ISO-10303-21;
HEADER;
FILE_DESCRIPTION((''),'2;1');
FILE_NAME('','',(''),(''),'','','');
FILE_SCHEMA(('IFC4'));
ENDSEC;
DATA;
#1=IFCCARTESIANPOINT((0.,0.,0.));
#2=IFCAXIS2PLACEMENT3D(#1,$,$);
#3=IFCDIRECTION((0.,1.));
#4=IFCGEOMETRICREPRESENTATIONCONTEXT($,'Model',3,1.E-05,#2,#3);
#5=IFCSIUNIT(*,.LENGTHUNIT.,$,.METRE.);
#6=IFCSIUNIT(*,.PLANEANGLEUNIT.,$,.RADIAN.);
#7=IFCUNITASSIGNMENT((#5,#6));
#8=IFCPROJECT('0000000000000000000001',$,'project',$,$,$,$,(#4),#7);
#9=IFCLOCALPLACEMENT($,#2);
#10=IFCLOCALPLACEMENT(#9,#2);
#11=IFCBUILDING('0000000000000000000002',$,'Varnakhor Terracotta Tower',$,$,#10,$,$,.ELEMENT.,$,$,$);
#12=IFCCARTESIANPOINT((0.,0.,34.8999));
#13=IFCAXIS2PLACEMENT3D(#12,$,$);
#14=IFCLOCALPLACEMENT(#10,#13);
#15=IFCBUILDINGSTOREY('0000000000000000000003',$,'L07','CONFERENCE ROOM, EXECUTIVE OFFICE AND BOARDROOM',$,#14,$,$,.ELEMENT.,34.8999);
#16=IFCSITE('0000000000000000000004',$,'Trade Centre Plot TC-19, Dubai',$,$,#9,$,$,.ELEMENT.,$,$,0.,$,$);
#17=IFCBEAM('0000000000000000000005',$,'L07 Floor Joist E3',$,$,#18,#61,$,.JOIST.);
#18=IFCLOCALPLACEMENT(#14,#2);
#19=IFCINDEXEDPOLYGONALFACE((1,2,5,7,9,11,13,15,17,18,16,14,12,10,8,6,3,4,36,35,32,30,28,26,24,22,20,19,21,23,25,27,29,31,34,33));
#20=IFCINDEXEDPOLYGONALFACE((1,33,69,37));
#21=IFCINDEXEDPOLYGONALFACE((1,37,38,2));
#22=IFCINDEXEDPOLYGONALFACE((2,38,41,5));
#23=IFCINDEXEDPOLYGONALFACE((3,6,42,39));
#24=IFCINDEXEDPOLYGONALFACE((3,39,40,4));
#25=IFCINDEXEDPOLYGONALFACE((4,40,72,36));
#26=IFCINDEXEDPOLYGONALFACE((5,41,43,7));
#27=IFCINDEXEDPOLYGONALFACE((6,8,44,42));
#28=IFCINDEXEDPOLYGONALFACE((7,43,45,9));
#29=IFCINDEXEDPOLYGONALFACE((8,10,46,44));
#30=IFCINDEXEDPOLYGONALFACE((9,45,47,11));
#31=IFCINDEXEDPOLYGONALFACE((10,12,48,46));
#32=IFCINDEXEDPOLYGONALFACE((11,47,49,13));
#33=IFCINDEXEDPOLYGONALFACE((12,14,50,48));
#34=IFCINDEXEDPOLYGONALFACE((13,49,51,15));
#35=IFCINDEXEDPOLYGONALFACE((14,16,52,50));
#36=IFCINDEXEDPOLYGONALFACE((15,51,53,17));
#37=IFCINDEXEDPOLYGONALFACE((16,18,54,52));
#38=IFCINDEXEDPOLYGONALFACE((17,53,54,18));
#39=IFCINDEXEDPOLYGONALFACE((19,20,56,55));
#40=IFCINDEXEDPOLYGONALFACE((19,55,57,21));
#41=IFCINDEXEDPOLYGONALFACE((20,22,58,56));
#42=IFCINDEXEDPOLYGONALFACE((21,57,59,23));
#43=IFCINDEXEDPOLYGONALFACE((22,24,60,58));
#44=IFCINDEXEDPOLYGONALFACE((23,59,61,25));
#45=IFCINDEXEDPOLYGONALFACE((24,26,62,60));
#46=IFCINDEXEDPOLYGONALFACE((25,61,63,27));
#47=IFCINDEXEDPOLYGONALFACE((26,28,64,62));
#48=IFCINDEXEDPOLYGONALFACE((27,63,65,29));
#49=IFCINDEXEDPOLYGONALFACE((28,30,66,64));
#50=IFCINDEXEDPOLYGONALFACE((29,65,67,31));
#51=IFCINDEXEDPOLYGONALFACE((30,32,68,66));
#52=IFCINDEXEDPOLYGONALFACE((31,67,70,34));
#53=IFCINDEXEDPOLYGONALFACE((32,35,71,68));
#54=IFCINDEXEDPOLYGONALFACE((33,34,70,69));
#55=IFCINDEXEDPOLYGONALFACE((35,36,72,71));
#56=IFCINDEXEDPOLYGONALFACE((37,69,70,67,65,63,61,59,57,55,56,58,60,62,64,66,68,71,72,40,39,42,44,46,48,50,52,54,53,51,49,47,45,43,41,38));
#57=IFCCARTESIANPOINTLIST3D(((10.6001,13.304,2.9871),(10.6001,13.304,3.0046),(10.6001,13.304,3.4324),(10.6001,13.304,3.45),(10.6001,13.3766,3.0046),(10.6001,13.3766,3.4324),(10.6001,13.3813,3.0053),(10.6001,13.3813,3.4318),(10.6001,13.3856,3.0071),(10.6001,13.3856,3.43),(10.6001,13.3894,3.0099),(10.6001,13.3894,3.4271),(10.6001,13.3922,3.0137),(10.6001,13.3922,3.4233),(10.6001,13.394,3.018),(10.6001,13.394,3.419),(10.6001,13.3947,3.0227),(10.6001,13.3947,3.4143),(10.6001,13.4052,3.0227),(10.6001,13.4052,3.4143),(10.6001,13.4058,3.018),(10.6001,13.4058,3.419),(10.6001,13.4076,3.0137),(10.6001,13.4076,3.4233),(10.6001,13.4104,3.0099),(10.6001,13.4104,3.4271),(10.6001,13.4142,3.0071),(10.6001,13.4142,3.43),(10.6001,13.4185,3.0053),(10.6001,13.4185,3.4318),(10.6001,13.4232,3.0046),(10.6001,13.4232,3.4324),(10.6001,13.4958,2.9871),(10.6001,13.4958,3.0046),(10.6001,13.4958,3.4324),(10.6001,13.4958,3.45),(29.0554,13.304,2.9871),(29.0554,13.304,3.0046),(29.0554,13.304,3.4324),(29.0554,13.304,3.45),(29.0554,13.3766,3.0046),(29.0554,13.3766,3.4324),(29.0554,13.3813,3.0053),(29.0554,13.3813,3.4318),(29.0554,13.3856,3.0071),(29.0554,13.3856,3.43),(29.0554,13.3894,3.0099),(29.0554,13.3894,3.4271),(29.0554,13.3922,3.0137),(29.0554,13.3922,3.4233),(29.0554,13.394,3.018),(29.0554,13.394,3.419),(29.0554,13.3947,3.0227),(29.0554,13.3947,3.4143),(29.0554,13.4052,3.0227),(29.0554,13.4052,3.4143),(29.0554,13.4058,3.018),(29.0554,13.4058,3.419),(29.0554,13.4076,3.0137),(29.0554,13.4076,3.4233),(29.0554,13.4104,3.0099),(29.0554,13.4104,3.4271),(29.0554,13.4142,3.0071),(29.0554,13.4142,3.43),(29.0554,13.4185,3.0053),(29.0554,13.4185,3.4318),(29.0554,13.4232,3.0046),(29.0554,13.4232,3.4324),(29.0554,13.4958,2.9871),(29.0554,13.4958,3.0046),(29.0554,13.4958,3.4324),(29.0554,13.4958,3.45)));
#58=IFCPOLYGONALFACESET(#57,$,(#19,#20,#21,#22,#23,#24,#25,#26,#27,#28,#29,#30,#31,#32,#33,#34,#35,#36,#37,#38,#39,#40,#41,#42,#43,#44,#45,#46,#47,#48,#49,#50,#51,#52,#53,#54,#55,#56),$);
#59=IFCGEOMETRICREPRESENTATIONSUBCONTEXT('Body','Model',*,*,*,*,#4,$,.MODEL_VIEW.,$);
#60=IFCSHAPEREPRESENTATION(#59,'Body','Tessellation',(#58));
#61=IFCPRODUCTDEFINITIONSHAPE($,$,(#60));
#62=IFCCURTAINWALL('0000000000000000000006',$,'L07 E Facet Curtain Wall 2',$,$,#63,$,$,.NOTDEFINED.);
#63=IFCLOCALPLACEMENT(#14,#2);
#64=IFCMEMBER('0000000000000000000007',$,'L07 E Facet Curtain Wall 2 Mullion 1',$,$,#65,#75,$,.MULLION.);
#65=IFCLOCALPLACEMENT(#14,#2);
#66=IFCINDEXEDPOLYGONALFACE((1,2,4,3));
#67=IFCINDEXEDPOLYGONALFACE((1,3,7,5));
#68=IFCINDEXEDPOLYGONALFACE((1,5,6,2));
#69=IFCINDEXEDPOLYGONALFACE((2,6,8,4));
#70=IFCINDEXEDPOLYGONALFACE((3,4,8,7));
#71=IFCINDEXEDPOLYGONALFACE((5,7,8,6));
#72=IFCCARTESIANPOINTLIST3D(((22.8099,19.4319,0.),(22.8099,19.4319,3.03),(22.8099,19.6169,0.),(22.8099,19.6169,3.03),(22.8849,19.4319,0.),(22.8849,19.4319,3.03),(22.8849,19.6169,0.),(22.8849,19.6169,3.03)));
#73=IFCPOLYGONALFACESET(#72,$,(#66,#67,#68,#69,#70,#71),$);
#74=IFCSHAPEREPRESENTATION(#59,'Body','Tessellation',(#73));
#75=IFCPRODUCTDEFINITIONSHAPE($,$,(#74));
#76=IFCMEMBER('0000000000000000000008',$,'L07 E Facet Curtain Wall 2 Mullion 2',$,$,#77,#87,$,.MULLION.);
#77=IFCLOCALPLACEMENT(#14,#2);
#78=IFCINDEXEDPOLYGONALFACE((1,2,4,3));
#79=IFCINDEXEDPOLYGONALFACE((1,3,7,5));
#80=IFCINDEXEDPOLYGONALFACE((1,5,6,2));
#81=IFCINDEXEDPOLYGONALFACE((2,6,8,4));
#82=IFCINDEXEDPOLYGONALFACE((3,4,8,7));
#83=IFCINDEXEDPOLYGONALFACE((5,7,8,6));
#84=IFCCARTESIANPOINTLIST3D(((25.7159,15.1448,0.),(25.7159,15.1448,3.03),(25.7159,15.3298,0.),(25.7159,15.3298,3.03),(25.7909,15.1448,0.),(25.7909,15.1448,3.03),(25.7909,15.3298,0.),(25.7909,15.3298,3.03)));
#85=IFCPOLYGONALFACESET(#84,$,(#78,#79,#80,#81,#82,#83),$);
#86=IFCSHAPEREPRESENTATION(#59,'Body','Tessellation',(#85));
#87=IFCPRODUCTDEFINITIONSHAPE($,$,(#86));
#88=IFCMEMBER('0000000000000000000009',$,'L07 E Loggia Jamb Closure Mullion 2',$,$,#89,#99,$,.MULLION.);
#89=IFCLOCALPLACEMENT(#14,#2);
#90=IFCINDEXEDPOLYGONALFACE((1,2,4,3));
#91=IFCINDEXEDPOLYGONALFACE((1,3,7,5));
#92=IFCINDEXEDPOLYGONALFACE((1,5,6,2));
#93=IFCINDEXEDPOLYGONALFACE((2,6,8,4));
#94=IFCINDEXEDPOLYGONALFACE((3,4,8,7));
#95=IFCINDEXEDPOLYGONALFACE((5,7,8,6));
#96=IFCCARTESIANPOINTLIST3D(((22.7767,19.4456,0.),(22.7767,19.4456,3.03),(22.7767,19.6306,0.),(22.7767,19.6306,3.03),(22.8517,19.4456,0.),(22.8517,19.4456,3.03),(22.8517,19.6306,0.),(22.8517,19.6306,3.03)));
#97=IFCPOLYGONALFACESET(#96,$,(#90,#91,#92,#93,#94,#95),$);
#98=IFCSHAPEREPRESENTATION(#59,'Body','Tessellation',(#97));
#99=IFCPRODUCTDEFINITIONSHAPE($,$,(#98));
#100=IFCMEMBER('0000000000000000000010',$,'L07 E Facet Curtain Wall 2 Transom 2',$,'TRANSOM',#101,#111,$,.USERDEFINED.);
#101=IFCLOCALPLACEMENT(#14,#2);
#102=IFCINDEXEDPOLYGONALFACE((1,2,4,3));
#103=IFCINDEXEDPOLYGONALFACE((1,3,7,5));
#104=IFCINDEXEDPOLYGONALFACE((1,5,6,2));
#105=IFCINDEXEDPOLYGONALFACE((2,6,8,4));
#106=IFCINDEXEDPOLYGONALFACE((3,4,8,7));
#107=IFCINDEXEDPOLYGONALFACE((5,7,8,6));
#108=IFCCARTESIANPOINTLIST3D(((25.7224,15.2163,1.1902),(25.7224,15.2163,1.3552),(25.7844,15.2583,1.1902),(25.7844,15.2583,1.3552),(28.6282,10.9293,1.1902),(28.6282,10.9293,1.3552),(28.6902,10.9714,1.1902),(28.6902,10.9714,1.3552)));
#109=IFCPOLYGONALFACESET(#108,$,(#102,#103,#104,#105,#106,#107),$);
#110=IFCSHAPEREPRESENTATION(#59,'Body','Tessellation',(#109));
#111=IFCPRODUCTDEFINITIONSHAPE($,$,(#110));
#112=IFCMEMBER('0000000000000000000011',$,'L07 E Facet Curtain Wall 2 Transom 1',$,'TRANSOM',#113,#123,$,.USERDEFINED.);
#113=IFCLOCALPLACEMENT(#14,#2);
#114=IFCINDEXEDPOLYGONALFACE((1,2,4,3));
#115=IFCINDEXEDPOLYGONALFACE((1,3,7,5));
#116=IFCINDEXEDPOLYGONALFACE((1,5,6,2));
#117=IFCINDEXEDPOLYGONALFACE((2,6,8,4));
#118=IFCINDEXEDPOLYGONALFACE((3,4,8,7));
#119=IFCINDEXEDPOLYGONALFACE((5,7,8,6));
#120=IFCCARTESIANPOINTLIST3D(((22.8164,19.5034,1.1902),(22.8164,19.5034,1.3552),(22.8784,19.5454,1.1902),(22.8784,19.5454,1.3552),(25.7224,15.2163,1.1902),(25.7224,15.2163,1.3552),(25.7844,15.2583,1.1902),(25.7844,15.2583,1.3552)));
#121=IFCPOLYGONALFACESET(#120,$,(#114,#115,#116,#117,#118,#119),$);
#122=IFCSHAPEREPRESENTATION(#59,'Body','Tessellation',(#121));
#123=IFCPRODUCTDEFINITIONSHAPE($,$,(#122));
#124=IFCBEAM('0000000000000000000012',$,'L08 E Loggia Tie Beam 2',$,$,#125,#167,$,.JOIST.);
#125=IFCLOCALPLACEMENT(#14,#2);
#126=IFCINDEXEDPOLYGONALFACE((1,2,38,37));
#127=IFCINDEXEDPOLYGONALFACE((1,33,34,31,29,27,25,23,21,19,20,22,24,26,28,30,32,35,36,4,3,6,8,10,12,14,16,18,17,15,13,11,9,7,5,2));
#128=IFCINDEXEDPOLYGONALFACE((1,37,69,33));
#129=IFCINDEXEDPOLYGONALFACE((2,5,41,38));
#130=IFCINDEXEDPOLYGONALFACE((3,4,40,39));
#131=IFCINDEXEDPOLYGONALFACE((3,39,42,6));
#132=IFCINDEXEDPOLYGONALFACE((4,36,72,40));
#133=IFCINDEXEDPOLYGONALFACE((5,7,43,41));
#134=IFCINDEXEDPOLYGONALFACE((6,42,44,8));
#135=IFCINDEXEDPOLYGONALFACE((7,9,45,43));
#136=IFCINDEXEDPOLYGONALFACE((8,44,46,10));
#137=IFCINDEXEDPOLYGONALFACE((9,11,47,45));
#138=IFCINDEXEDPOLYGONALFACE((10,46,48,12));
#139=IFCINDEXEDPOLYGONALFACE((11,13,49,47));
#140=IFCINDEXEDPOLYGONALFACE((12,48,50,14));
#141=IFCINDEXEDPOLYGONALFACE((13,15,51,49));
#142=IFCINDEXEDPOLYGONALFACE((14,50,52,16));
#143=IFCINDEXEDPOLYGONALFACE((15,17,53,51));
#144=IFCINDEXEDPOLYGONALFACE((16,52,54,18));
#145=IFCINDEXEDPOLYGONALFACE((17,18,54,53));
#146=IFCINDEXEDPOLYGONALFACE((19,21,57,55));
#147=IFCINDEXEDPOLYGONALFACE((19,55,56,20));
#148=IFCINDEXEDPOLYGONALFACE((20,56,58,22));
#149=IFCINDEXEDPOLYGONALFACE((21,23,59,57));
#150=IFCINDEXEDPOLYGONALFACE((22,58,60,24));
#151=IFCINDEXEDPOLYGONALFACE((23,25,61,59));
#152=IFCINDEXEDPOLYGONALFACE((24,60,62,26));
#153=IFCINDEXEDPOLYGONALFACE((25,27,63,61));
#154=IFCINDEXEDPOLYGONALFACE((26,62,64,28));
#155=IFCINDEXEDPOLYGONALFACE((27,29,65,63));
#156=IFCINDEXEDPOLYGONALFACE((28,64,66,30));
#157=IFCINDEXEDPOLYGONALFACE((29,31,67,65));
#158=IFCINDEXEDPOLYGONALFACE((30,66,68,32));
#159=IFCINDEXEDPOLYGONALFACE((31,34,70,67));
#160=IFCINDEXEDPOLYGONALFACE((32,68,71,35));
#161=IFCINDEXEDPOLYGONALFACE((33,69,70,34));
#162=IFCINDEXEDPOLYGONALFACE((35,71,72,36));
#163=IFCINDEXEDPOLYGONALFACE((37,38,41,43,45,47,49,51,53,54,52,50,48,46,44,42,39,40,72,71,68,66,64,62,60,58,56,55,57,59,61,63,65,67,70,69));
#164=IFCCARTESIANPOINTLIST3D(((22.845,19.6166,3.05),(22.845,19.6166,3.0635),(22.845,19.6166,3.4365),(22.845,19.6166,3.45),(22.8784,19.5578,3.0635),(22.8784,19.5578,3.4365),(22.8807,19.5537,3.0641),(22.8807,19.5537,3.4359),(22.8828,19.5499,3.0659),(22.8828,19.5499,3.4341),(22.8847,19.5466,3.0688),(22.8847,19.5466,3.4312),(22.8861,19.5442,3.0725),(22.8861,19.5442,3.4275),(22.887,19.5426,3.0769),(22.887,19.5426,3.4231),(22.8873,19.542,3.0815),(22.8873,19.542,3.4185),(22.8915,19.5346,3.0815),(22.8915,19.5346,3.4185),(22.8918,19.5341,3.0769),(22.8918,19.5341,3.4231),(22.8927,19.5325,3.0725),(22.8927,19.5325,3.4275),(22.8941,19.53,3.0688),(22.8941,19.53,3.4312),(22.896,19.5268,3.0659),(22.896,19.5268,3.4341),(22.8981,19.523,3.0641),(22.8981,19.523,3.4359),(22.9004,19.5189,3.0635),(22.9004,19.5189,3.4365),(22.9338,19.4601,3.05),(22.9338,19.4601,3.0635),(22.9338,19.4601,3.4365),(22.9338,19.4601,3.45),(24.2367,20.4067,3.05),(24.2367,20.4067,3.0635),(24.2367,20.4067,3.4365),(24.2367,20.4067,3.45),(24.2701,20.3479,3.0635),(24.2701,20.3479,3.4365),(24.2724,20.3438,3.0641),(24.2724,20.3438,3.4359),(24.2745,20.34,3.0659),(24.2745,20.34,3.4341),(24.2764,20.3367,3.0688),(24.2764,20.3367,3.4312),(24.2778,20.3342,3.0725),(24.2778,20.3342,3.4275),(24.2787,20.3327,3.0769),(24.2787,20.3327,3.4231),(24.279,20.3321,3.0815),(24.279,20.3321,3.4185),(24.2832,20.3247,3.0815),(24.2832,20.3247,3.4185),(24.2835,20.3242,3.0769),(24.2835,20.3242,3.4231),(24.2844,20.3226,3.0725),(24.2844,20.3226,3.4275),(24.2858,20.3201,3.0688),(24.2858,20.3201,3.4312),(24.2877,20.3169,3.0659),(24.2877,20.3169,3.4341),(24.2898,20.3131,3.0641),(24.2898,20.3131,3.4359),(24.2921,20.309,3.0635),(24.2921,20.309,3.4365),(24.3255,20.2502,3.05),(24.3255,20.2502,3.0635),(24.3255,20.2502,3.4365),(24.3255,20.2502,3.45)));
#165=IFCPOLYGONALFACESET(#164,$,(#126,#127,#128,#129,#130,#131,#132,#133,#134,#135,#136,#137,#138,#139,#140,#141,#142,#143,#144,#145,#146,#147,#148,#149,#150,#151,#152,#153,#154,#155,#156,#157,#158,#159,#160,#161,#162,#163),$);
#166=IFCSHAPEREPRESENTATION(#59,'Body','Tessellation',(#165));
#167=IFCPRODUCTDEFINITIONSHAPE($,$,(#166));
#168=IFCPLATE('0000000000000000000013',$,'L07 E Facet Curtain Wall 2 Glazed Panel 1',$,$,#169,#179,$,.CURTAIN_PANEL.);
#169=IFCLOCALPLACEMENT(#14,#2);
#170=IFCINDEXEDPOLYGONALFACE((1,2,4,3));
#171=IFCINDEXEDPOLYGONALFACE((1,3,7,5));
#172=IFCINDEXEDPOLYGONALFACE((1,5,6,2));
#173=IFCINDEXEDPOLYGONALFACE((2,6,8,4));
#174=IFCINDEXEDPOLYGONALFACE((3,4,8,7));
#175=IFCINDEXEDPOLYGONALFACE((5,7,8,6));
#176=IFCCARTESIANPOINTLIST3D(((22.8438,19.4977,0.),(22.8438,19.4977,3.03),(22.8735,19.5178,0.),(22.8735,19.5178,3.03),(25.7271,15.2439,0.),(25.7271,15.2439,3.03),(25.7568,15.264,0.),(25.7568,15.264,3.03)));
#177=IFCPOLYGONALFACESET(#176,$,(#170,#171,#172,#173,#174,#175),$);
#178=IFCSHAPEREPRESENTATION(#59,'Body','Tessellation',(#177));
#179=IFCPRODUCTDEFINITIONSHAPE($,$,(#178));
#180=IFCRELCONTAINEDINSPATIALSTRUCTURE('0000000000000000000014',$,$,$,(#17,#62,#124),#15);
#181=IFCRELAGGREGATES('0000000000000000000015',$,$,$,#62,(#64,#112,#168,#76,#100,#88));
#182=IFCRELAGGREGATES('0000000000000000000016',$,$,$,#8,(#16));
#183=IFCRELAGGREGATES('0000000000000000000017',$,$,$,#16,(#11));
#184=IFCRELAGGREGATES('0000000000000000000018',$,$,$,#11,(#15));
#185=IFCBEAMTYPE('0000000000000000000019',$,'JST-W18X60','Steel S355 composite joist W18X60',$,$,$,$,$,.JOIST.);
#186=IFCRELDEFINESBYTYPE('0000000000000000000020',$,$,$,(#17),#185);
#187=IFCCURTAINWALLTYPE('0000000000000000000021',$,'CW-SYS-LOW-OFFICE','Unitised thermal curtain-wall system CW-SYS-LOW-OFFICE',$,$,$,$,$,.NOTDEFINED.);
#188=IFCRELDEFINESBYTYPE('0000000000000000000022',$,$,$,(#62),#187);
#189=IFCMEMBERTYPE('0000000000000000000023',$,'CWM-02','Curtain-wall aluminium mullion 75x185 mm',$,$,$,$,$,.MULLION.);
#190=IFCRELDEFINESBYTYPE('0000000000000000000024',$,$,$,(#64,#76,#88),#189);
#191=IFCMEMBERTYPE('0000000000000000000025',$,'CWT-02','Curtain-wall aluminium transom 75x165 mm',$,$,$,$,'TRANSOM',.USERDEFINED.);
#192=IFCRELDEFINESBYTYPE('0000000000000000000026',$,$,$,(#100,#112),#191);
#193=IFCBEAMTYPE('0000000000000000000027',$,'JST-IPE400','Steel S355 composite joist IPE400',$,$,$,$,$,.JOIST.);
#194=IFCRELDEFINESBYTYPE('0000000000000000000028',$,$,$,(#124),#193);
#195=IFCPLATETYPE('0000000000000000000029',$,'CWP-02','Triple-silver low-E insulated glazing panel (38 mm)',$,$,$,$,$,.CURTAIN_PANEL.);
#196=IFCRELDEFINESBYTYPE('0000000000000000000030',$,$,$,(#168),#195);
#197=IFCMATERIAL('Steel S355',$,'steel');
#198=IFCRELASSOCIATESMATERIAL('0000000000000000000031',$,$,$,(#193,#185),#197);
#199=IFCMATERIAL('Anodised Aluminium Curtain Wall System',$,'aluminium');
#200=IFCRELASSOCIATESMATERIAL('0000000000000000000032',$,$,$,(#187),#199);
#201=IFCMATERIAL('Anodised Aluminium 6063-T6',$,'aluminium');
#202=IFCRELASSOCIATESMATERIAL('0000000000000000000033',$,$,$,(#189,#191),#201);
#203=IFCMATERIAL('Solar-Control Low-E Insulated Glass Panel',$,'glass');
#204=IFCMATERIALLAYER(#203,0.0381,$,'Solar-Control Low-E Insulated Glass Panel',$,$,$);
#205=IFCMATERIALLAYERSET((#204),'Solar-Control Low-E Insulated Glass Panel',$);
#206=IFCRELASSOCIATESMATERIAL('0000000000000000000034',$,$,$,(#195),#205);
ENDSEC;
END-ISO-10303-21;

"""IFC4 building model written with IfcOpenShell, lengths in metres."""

from ifc_helpers import new_model, si_unit, direction, frame, origin, origin_2d, place, context, subcontext, project, spatial, rectangle, i_section, extrude, source, transform, mapped, material, layer, layer_set, material_profile, profile_set, type_object, type_shapes, element, aggregate, save


model = new_model("IFC4")

# Units and contexts
model_context = context("Model", 3, precision=1e-05, world=origin(), true_north=direction((0.0, 1.0)))
body_context = subcontext(model_context, "Body", "Model", "MODEL_VIEW")
ifc_project = project(units=[si_unit("LENGTHUNIT", "METRE"), si_unit("PLANEANGLEUNIT", "RADIAN")], contexts=[model_context])

# Site, building, storey
site_placement = place(None, origin())
site = spatial("IfcSite", under=ifc_project, at=site_placement, Name="Trade Centre Plot TC-19, Dubai", CompositionType="ELEMENT", RefElevation=0.0)
building_placement = place(site_placement, origin())
building = spatial("IfcBuilding", under=site, at=building_placement, Name="Varnakhor Terracotta Tower", CompositionType="ELEMENT")
storey_placement = place(building_placement, frame((0.0, 0.0, 34.8999)))
storey = spatial("IfcBuildingStorey", under=building, at=storey_placement, Name="L07", Description="CONFERENCE ROOM, EXECUTIVE OFFICE AND BOARDROOM", CompositionType="ELEMENT", Elevation=34.8999)

# Beam
ifc_material_1 = material(Name="Steel S355", Category="steel")
ifc_material_profile_1 = material_profile(ifc_material_1, i_section(OverallWidth=0.1799, OverallDepth=0.3999, WebThickness=0.0085, FlangeThickness=0.0134, FilletRadius=0.0181, at=origin_2d()), Name="IPE400")
ifc_profile_set_1 = profile_set([ifc_material_profile_1], Name="Steel S355")
beam_type_1 = type_object("IfcBeamType", Name="JST-IPE400", Description="Steel S355 composite joist IPE400", PredefinedType="JOIST", material=ifc_profile_set_1)
ifc_material_profile_2 = material_profile(ifc_material_1, i_section(OverallWidth=0.1919, OverallDepth=0.4629, WebThickness=0.0105, FlangeThickness=0.0176, FilletRadius=0.0181, at=origin_2d()), Name="W18X60")
ifc_profile_set_2 = profile_set([ifc_material_profile_2], Name="Steel S355")
beam_type_2 = type_object("IfcBeamType", Name="JST-W18X60", Description="Steel S355 composite joist W18X60", PredefinedType="JOIST", material=ifc_profile_set_2)
shared_shape_1 = source(origin(), body_context, "Body", "SweptSolid", [
    extrude(i_section(OverallWidth=0.1919, OverallDepth=0.4629, WebThickness=0.0105, FlangeThickness=0.0176, FilletRadius=0.0181, at=origin_2d()), origin(), (0.0, 0.0, 1.0), 18.4553),
])
beam_1_placement = place(storey_placement, frame((10.6001, 13.3999, 3.2185), z_axis=(1.0, 0.0, 0.0), x_axis=(0.0, 1.0, 0.0)))
element("IfcBeam", 1, at=beam_1_placement, inside=storey, type_object=beam_type_2, Name="L07 Floor Joist E3", PredefinedType="JOIST", context=body_context, shape_type="MappedRepresentation", body=[
    mapped(shared_shape_1, transform((0.0, 0.0, 0.0), scale=1.0)),
])

# Curtain wall, members
ifc_material_2 = material(Name="Anodised Aluminium Curtain Wall System", Category="aluminium")
curtain_wall_type = type_object("IfcCurtainWallType", Name="CW-SYS-LOW-OFFICE", Description="Unitised thermal curtain-wall system CW-SYS-LOW-OFFICE", PredefinedType="NOTDEFINED", material=ifc_material_2)
curtain_wall_placement = place(storey_placement, origin())
curtain_wall = element("IfcCurtainWall", 2, at=curtain_wall_placement, inside=storey, type_object=curtain_wall_type, Name="L07 E Facet Curtain Wall 2", PredefinedType="NOTDEFINED")
ifc_material_3 = material(Name="Anodised Aluminium 6063-T6", Category="aluminium")
ifc_material_profile_3 = material_profile(ifc_material_3, rectangle(XDim=0.075, YDim=0.1851, at=origin_2d()), Name="ALU MULLION 75x185")
ifc_profile_set_3 = profile_set([ifc_material_profile_3], Name="Anodised Aluminium 6063-T6")
member_type_1 = type_object("IfcMemberType", Name="CWM-02", Description="Curtain-wall aluminium mullion 75x185 mm", PredefinedType="MULLION", material=ifc_profile_set_3)
shared_shape_2 = source(origin(), body_context, "Body", "SweptSolid", [
    extrude(rectangle(XDim=0.075, YDim=0.1851, at=origin_2d()), origin(), (0.0, 0.0, 1.0), 3.03),
])
type_shapes(member_type_1, [shared_shape_2])
member_1_placement = place(storey_placement, frame((22.8474, 19.5244, 0.0), z_axis=(0.0, 0.0, 1.0), x_axis=(1.0, 0.0, 0.0)))
member_1 = element("IfcMember", 3, at=member_1_placement, type_object=member_type_1, Name="L07 E Facet Curtain Wall 2 Mullion 1", PredefinedType="MULLION", context=body_context, shape_type="MappedRepresentation", body=[
    mapped(shared_shape_2, transform((0.0, 0.0, 0.0), scale=1.0)),
])
member_2_placement = place(storey_placement, frame((25.7534, 15.2373, 0.0), z_axis=(0.0, 0.0, 1.0), x_axis=(1.0, 0.0, 0.0)))
member_2 = element("IfcMember", 4, at=member_2_placement, type_object=member_type_1, Name="L07 E Facet Curtain Wall 2 Mullion 2", PredefinedType="MULLION", context=body_context, shape_type="MappedRepresentation", body=[
    mapped(shared_shape_2, transform((0.0, 0.0, 0.0), scale=1.0)),
])
member_3_placement = place(storey_placement, frame((22.8142, 19.5381, 0.0), z_axis=(0.0, 0.0, 1.0), x_axis=(1.0, 0.0, 0.0)))
member_3 = element("IfcMember", 5, at=member_3_placement, type_object=member_type_1, Name="L07 E Loggia Jamb Closure Mullion 2", PredefinedType="MULLION", context=body_context, shape_type="MappedRepresentation", body=[
    mapped(shared_shape_2, transform((0.0, 0.0, 0.0), scale=1.0)),
])
ifc_material_profile_4 = material_profile(ifc_material_3, rectangle(XDim=0.075, YDim=0.165, at=origin_2d()), Name="ALU TRANSOM 75x165")
ifc_profile_set_4 = profile_set([ifc_material_profile_4], Name="Anodised Aluminium 6063-T6")
member_type_2 = type_object("IfcMemberType", Name="CWT-02", Description="Curtain-wall aluminium transom 75x165 mm", ElementType="TRANSOM", PredefinedType="USERDEFINED", material=ifc_profile_set_4)
shared_shape_3 = source(origin(), body_context, "Body", "SweptSolid", [
    extrude(rectangle(XDim=0.075, YDim=0.165, at=origin_2d()), origin(), (0.0, 0.0, 1.0), 5.179),
])
member_4_placement = place(storey_placement, frame((25.7534, 15.2373, 1.2727), z_axis=(0.561081, -0.827761, 0.0), x_axis=(0.827761, 0.561081, 0.0)))
member_4 = element("IfcMember", 6, at=member_4_placement, type_object=member_type_2, Name="L07 E Facet Curtain Wall 2 Transom 2", ObjectType="TRANSOM", PredefinedType="USERDEFINED", context=body_context, shape_type="MappedRepresentation", body=[
    mapped(shared_shape_3, transform((0.0, 0.0, 0.0), scale=1.0)),
])
shared_shape_4 = source(origin(), body_context, "Body", "SweptSolid", [
    extrude(rectangle(XDim=0.075, YDim=0.165, at=origin_2d()), origin(), (0.0, 0.0, 1.0), 5.1792),
])
member_5_placement = place(storey_placement, frame((22.8474, 19.5244, 1.2727), z_axis=(0.561091, -0.827754, 0.0), x_axis=(0.827754, 0.561091, 0.0)))
member_5 = element("IfcMember", 7, at=member_5_placement, type_object=member_type_2, Name="L07 E Facet Curtain Wall 2 Transom 1", ObjectType="TRANSOM", PredefinedType="USERDEFINED", context=body_context, shape_type="MappedRepresentation", body=[
    mapped(shared_shape_4, transform((0.0, 0.0, 0.0), scale=1.0)),
])

# Beam
shared_shape_5 = source(origin(), body_context, "Body", "SweptSolid", [
    extrude(i_section(OverallWidth=0.1799, OverallDepth=0.3999, WebThickness=0.0085, FlangeThickness=0.0134, FilletRadius=0.0181, at=origin_2d()), origin(), (0.0, 0.0, 1.0), 1.6003),
])
beam_2_placement = place(storey_placement, frame((22.8894, 19.5383, 3.25), z_axis=(0.869629, 0.493705, 0.0), x_axis=(-0.493705, 0.869629, 0.0)))
element("IfcBeam", 8, at=beam_2_placement, inside=storey, type_object=beam_type_1, Name="L08 E Loggia Tie Beam 2", PredefinedType="JOIST", context=body_context, shape_type="MappedRepresentation", body=[
    mapped(shared_shape_5, transform((0.0, 0.0, 0.0), scale=1.0)),
])

# Plate
ifc_material_4 = material(Name="Solar-Control Low-E Insulated Glass Panel", Category="glass")
ifc_layer_1 = layer(ifc_material_4, 0.0381, Name="Solar-Control Low-E Insulated Glass Panel")
ifc_layer_set_1 = layer_set([ifc_layer_1], Name="Solar-Control Low-E Insulated Glass Panel")
plate_type = type_object("IfcPlateType", Name="CWP-02", Description="Triple-silver low-E insulated glazing panel (38 mm)", PredefinedType="CURTAIN_PANEL", material=ifc_layer_set_1)
shared_shape_6 = source(origin(), body_context, "Body", "SweptSolid", [
    extrude(rectangle(XDim=5.1389, YDim=0.0359, at=origin_2d()), origin(), (0.0, 0.0, 1.0), 3.03),
])
plate_1_placement = place(storey_placement, frame((24.3003, 17.3809, 0.0), z_axis=(0.0, 0.0, 1.0), x_axis=(0.561072, -0.827767, 0.0)))
plate_1 = element("IfcPlate", 9, at=plate_1_placement, type_object=plate_type, Name="L07 E Facet Curtain Wall 2 Glazed Panel 1", PredefinedType="CURTAIN_PANEL", context=body_context, shape_type="MappedRepresentation", body=[
    mapped(shared_shape_6, transform((0.0, 0.0, 0.0), scale=1.0)),
])
aggregate(curtain_wall, [member_1, member_5, plate_1, member_2, member_4, member_3])

save(model, "model.ifc")
